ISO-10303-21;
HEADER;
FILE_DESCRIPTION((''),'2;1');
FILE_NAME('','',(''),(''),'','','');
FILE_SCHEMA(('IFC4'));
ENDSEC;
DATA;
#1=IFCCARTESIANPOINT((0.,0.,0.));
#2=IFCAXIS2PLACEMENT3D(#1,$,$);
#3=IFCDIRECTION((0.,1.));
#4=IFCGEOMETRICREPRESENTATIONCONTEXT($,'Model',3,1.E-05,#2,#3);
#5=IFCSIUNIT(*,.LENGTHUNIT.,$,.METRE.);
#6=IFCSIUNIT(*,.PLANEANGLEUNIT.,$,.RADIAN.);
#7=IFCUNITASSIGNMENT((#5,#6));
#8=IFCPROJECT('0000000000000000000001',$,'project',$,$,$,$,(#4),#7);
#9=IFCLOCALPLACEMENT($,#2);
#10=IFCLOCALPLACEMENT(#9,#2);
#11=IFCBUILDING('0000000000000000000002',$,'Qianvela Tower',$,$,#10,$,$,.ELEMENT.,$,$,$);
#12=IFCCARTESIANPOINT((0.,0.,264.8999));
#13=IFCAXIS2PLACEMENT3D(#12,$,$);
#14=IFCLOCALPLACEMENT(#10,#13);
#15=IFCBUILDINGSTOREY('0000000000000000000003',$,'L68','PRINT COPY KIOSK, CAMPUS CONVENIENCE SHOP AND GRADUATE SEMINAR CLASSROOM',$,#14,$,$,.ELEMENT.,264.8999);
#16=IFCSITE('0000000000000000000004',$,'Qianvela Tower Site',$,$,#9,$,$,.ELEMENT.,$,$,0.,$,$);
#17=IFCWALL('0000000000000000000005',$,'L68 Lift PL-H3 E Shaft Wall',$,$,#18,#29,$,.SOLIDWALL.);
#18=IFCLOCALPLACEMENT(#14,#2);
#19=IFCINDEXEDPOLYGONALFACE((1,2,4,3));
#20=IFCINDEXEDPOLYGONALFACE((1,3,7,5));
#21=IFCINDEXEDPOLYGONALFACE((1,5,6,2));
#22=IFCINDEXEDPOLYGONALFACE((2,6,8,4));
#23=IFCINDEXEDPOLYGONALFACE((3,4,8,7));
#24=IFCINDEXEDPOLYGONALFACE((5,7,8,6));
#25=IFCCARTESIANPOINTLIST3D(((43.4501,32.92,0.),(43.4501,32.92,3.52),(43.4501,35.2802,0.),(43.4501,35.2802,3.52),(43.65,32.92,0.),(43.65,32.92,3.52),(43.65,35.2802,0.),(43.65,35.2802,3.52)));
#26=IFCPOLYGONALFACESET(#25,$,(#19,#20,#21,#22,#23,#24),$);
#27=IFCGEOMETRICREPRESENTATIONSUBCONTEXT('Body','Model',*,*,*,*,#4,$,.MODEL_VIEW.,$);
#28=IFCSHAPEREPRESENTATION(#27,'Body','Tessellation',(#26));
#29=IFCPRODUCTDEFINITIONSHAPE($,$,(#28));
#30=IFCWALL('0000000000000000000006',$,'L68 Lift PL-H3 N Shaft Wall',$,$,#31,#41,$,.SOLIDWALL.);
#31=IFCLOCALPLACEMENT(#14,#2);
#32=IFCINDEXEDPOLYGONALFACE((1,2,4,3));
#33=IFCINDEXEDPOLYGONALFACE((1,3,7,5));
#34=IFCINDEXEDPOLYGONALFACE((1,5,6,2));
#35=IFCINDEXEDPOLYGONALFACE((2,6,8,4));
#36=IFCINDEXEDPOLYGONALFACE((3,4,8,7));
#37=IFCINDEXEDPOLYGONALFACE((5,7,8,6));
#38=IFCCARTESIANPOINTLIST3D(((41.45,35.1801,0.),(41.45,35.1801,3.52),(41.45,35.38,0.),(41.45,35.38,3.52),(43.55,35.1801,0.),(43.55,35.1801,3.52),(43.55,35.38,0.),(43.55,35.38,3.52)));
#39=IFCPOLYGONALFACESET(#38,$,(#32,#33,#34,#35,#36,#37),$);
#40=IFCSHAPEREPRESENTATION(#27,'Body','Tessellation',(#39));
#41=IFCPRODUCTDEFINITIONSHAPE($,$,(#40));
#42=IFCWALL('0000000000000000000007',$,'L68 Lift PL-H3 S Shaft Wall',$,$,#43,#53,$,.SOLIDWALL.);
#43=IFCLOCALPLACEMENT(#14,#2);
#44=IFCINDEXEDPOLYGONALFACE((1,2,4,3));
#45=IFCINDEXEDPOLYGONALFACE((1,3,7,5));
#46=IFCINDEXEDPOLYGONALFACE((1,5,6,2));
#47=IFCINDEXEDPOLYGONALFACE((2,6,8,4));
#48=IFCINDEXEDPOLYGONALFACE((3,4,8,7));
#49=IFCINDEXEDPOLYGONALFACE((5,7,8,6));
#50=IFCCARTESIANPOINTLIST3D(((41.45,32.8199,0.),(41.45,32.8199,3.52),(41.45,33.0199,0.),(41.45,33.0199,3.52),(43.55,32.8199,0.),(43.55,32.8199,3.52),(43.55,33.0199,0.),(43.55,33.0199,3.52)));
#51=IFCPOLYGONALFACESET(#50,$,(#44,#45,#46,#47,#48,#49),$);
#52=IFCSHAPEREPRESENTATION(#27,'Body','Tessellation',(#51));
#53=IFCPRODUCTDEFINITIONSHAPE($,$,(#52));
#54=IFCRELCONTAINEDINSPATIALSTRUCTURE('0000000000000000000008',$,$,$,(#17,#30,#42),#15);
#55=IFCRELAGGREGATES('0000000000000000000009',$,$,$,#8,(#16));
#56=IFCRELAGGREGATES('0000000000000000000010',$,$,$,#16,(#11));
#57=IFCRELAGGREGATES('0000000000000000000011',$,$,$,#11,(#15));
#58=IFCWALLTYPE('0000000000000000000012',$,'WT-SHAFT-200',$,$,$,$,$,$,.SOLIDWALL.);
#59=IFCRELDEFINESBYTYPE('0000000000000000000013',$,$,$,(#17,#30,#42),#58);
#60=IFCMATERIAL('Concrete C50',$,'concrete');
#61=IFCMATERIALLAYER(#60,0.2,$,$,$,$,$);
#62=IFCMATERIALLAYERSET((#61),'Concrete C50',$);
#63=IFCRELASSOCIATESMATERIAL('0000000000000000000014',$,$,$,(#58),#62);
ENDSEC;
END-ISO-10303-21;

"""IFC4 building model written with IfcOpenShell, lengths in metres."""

from ifc_helpers import new_model, si_unit, direction, frame, frame_2d, origin, place, context, subcontext, project, spatial, rectangle, extrude, material, layer, layer_set, type_object, element, save


model = new_model("IFC4")

# Units and contexts
model_context = context("Model", 3, precision=1e-05, world=origin(), true_north=direction((0.0, 1.0)))
body_context = subcontext(model_context, "Body", "Model", "MODEL_VIEW")
ifc_project = project(units=[si_unit("LENGTHUNIT", "METRE"), si_unit("PLANEANGLEUNIT", "RADIAN")], contexts=[model_context])

# Site, building, storey
site_placement = place(None, origin())
site = spatial("IfcSite", under=ifc_project, at=site_placement, Name="Qianvela Tower Site", CompositionType="ELEMENT", RefElevation=0.0)
building_placement = place(site_placement, origin())
building = spatial("IfcBuilding", under=site, at=building_placement, Name="Qianvela Tower", CompositionType="ELEMENT")
storey_placement = place(building_placement, frame((0.0, 0.0, 264.8999)))
storey = spatial("IfcBuildingStorey", under=building, at=storey_placement, Name="L68", Description="PRINT COPY KIOSK, CAMPUS CONVENIENCE SHOP AND GRADUATE SEMINAR CLASSROOM", CompositionType="ELEMENT", Elevation=264.8999)

# Wall
ifc_material_1 = material(Name="Concrete C50", Category="concrete")
ifc_layer_1 = layer(ifc_material_1, 0.2)
ifc_layer_set_1 = layer_set([ifc_layer_1], Name="Concrete C50")
wall_type_1 = type_object("IfcWallType", Name="WT-SHAFT-200", PredefinedType="SOLIDWALL", material=ifc_layer_set_1)
wall_1_placement = place(storey_placement, frame((43.55, 32.9199, 0.0), z_axis=(0.0, 0.0, 1.0), x_axis=(0.0, 1.0, 0.0)))
element("IfcWall", 1, at=wall_1_placement, inside=storey, type_object=wall_type_1, Name="L68 Lift PL-H3 E Shaft Wall", PredefinedType="SOLIDWALL", context=body_context, shape_type="SweptSolid", body=[
    extrude(rectangle(XDim=2.3601, YDim=0.2, at=frame_2d((1.1802, 0.0))), origin(), (0.0, 0.0, 1.0), 3.52),
])

# Walls
for number, where, z_axis, x_axis, name in (
    (2, (41.45, 35.28, 0.0), (0.0, 0.0, 1.0), (1.0, 0.0, 0.0), "L68 Lift PL-H3 N Shaft Wall"),
    (3, (41.45, 32.9199, 0.0), (0.0, 0.0, 1.0), (1.0, 0.0, 0.0), "L68 Lift PL-H3 S Shaft Wall"),
):
    element("IfcWall", number, at=place(storey_placement, frame(where, z_axis=z_axis, x_axis=x_axis)), inside=storey, type_object=wall_type_1, Name=name, PredefinedType="SOLIDWALL", context=body_context, shape_type="SweptSolid", body=[
        extrude(rectangle(XDim=2.1001, YDim=0.2, at=frame_2d((1.05, 0.0))), origin(), (0.0, 0.0, 1.0), 3.52),
    ])

save(model, "model.ifc")
